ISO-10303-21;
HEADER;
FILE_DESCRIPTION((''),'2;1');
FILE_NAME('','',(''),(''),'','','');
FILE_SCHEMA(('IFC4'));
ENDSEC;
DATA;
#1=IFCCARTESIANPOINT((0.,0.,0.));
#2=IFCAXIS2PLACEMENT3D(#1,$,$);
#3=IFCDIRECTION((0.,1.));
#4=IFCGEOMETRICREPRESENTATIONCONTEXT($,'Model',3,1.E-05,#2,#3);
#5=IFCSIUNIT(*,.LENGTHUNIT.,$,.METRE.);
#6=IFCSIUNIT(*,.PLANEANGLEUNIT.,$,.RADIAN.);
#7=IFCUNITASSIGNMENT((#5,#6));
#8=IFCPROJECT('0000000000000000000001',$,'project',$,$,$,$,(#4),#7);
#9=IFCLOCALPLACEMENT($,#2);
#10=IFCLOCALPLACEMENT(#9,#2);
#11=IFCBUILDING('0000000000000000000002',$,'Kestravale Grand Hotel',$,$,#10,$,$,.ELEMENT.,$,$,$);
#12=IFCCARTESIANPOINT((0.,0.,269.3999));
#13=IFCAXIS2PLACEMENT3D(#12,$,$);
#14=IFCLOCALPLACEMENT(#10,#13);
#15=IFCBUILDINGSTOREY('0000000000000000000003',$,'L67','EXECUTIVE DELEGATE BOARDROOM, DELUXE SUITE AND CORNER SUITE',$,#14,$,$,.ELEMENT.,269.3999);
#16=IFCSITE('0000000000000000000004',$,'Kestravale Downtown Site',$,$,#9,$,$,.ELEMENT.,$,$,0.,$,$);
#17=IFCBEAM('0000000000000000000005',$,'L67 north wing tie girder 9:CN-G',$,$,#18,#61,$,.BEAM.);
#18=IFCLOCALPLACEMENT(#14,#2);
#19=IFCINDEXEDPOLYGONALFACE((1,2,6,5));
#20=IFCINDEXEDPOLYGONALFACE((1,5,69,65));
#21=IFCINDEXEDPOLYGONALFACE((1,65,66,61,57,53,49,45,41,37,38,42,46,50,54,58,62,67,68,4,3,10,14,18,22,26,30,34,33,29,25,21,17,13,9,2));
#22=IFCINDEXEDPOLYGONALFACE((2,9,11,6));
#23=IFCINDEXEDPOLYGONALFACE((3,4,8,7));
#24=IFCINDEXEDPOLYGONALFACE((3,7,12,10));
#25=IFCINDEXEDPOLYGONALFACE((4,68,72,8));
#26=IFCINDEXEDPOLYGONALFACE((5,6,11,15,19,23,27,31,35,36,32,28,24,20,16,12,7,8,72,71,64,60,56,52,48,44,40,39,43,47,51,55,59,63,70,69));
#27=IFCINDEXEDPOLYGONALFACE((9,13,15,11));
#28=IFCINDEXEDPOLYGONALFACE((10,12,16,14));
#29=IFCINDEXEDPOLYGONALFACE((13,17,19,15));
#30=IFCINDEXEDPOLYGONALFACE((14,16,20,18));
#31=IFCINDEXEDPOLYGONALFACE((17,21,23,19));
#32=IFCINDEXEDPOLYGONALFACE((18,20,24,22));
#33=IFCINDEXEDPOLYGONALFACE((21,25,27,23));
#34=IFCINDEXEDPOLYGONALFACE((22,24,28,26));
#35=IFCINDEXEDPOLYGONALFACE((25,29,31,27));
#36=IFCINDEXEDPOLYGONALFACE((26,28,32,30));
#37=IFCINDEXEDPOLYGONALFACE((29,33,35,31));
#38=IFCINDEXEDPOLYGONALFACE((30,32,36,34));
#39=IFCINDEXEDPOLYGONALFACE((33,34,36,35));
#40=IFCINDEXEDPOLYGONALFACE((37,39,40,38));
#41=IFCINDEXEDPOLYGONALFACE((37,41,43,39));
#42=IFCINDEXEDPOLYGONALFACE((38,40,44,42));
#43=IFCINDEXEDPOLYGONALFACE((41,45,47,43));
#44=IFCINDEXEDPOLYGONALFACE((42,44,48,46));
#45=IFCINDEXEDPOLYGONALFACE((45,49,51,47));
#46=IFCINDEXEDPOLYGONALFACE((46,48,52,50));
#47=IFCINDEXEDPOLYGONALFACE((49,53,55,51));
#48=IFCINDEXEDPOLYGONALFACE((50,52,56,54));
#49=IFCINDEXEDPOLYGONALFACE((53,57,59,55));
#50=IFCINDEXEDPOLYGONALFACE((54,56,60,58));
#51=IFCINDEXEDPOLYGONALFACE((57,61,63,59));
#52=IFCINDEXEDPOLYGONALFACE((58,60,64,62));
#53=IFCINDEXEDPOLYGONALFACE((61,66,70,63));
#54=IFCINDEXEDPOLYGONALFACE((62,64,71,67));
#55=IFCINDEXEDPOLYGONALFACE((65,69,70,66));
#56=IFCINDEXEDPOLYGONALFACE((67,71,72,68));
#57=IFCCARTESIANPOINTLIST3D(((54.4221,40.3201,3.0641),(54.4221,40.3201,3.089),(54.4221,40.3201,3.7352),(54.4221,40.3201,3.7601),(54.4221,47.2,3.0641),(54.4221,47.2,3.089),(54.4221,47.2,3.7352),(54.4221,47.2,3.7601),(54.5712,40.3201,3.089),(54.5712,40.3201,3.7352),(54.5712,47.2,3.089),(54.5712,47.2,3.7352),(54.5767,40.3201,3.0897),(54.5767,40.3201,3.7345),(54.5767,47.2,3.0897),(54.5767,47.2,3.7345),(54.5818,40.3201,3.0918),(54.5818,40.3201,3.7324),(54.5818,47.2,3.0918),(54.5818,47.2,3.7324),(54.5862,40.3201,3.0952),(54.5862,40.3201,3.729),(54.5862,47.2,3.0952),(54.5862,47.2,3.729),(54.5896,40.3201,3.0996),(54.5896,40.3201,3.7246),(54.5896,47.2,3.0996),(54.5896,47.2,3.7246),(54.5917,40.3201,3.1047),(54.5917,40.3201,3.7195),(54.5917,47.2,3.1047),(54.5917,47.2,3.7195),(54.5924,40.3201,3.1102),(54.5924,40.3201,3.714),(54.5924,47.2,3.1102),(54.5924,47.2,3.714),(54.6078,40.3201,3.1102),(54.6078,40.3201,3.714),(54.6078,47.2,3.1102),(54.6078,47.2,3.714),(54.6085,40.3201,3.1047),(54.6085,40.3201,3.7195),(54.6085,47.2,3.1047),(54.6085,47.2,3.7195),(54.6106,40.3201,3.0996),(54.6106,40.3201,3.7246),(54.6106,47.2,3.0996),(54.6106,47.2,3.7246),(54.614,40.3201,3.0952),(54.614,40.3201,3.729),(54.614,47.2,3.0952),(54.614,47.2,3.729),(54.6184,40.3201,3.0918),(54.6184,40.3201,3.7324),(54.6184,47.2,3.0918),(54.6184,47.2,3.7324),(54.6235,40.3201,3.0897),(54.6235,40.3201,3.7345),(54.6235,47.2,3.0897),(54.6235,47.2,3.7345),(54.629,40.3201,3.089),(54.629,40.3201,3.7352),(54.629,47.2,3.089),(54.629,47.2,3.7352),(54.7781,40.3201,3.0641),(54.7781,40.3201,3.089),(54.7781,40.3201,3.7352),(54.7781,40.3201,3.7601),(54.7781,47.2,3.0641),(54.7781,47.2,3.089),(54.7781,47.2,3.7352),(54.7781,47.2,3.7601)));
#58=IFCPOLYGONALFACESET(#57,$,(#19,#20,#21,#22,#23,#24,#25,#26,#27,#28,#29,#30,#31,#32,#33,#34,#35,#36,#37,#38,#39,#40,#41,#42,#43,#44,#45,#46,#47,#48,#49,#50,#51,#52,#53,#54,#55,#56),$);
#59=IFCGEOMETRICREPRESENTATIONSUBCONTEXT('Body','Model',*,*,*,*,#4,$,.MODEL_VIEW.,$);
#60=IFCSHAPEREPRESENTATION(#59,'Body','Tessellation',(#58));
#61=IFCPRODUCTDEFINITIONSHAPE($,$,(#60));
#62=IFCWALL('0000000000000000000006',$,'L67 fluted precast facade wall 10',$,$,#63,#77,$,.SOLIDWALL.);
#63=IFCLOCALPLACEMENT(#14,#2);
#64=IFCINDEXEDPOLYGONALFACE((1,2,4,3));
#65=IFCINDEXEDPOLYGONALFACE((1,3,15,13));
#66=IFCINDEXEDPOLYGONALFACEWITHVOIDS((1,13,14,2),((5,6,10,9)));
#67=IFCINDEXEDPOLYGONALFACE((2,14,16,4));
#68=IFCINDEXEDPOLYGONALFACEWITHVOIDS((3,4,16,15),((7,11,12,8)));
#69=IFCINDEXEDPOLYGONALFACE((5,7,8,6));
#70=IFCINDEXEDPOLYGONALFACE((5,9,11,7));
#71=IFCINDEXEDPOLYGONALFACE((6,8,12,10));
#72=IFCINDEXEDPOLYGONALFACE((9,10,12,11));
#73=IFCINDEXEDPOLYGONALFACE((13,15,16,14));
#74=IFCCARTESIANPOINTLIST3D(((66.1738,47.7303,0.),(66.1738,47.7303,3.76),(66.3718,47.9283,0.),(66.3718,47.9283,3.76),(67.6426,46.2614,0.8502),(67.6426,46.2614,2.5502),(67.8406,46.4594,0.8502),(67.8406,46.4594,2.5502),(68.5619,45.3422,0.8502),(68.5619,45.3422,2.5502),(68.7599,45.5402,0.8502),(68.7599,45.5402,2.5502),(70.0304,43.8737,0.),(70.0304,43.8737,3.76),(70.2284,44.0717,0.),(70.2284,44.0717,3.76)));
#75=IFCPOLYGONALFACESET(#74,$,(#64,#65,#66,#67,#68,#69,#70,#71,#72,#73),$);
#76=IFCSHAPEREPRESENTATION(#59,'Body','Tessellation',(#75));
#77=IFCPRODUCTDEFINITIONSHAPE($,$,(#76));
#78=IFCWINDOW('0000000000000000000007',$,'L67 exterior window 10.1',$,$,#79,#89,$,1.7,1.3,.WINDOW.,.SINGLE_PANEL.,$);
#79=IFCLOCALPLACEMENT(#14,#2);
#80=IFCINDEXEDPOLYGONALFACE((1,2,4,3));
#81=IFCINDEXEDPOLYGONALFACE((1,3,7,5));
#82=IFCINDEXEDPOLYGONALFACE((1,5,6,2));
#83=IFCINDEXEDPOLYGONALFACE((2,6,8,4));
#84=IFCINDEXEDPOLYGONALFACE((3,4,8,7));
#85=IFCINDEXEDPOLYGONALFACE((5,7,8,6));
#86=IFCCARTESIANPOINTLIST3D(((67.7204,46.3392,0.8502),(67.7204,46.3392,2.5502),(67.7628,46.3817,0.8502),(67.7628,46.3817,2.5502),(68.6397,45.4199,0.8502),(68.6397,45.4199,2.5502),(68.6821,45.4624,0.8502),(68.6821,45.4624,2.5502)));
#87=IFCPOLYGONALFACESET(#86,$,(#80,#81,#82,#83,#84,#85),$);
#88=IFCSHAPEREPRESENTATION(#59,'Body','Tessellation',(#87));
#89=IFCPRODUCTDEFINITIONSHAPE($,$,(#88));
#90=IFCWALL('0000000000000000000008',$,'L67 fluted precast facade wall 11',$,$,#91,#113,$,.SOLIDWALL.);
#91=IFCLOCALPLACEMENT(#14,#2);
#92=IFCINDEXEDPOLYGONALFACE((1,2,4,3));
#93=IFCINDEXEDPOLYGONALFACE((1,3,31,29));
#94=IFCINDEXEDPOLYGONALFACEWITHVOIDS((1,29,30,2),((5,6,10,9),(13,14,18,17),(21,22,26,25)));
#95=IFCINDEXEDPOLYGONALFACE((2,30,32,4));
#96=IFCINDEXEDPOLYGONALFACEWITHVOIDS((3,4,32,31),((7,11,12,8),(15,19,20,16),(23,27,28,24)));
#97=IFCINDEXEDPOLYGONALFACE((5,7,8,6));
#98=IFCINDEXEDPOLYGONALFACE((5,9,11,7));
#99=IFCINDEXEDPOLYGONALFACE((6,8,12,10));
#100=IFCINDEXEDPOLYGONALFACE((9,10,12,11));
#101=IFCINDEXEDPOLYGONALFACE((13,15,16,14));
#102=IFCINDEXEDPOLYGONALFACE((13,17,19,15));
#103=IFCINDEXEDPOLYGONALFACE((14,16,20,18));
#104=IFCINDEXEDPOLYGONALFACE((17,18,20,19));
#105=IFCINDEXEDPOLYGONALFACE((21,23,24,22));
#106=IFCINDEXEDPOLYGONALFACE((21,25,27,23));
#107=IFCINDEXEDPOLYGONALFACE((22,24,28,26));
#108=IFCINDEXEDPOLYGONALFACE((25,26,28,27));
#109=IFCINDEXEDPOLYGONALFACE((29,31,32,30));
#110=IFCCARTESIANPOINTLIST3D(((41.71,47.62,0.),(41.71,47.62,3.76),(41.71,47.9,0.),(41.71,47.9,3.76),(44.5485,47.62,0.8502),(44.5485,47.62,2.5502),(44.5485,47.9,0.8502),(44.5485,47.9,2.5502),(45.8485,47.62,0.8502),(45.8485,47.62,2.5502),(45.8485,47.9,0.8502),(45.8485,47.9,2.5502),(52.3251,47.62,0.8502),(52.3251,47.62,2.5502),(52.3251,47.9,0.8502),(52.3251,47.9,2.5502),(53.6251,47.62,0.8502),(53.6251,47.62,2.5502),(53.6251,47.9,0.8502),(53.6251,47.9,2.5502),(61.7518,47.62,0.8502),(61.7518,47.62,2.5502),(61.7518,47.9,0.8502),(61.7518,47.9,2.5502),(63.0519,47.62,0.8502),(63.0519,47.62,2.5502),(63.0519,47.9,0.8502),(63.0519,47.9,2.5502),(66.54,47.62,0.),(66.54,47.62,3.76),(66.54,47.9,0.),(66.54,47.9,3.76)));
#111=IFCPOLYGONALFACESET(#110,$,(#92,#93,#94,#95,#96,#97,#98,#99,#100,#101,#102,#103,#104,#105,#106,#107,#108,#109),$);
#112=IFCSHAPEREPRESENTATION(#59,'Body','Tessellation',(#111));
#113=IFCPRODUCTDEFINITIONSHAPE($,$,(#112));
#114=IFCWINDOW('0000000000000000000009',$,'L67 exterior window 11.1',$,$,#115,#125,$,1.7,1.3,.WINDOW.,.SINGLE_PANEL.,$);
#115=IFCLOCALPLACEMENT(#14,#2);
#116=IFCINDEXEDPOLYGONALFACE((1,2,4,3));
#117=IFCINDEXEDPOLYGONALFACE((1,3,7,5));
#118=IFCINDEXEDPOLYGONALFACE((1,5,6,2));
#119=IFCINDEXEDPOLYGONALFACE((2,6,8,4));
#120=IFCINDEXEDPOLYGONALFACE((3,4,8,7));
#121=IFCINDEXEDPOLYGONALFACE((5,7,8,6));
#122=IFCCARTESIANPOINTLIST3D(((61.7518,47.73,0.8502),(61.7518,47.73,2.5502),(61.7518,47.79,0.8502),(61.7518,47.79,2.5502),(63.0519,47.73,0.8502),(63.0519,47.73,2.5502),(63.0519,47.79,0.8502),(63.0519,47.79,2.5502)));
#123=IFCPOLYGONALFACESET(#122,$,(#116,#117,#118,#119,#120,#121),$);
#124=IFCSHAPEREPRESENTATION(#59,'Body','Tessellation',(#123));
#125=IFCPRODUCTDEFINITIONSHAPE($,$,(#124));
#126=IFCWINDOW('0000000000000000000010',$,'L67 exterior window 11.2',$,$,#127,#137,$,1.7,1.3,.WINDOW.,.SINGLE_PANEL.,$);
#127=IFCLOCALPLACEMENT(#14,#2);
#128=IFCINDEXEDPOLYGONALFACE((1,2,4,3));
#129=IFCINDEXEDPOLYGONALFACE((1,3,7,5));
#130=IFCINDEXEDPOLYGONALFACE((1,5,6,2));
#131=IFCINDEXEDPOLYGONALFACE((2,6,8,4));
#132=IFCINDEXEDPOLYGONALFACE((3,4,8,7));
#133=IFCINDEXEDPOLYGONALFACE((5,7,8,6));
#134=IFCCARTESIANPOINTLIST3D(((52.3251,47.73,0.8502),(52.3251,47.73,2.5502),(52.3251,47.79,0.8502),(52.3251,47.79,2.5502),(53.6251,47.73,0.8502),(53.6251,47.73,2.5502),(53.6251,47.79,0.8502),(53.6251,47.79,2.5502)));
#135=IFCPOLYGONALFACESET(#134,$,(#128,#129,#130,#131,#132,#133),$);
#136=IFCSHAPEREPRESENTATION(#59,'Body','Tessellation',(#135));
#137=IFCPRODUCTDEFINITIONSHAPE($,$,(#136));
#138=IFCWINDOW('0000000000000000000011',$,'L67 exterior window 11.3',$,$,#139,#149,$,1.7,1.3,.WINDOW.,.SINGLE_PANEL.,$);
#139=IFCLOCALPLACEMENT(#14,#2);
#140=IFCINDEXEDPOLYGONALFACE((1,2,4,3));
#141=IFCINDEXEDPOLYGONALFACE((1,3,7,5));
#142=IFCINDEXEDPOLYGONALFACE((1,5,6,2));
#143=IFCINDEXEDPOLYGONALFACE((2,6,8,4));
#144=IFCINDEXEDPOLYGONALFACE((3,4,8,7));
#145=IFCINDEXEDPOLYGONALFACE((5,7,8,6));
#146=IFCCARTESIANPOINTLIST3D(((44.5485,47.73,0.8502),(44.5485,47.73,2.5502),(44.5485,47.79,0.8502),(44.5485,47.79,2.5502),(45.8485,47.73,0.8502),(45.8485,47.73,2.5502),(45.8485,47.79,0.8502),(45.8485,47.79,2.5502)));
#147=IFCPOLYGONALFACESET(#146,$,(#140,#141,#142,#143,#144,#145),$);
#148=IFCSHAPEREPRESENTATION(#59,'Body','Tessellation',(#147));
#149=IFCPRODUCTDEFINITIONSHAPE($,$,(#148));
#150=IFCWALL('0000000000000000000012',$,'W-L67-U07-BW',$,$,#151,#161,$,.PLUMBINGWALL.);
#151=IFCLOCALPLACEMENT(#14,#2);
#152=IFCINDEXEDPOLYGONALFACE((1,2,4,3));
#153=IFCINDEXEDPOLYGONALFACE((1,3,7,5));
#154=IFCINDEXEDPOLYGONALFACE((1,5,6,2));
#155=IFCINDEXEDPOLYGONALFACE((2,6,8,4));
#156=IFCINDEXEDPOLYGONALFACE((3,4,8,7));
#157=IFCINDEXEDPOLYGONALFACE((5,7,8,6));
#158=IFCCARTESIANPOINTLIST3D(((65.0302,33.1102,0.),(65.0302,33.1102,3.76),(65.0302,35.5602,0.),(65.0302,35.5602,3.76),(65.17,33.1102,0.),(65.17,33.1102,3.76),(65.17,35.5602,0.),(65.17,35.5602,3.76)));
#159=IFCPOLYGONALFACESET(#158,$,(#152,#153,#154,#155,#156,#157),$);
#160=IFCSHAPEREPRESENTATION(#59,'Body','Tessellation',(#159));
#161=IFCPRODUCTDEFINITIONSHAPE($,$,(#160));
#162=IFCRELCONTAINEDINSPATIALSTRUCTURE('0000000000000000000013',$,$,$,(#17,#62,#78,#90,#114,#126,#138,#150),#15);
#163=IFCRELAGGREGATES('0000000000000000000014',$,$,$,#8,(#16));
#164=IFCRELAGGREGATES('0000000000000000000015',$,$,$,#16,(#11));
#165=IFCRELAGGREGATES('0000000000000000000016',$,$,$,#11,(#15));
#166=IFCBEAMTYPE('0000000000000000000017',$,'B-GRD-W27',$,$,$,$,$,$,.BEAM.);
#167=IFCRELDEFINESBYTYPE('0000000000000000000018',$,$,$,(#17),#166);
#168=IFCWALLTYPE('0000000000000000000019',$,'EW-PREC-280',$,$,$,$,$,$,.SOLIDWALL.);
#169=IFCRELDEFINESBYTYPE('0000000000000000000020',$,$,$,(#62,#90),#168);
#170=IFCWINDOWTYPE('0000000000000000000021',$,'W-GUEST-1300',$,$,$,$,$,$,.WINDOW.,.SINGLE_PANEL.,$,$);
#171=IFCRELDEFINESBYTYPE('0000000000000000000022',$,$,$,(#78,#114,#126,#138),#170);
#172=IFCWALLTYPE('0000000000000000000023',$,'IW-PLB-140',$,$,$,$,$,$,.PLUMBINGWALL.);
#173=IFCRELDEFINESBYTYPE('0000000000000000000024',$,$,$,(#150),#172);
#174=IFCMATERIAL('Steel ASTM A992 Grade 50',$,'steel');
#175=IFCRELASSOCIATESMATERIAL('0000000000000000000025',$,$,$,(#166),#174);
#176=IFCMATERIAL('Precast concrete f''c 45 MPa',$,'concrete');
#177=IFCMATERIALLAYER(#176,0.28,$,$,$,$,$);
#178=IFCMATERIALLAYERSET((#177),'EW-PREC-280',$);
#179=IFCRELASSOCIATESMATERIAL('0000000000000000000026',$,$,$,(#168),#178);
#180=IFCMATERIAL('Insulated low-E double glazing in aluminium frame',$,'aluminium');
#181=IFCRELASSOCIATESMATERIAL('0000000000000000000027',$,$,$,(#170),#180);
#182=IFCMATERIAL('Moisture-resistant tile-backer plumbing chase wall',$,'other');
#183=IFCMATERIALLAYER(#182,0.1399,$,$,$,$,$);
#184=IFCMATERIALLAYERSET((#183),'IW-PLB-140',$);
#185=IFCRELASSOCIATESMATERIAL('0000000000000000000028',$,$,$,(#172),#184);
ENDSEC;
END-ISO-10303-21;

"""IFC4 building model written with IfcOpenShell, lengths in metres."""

from ifc_helpers import new_model, si_unit, direction, frame, frame_2d, origin, origin_2d, place, context, subcontext, project, spatial, rectangle, i_section, extrude, material, layer, layer_set, material_profile, profile_set, type_object, element, fill, save


model = new_model("IFC4")

# Units and contexts
model_context = context("Model", 3, precision=1e-05, world=origin(), true_north=direction((0.0, 1.0)))
body_context = subcontext(model_context, "Body", "Model", "MODEL_VIEW")
ifc_project = project(units=[si_unit("LENGTHUNIT", "METRE"), si_unit("PLANEANGLEUNIT", "RADIAN")], contexts=[model_context])

# Site, building, storey
site_placement = place(None, origin())
site = spatial("IfcSite", under=ifc_project, at=site_placement, Name="Kestravale Downtown Site", CompositionType="ELEMENT", RefElevation=0.0)
building_placement = place(site_placement, origin())
building = spatial("IfcBuilding", under=site, at=building_placement, Name="Kestravale Grand Hotel", CompositionType="ELEMENT")
storey_placement = place(building_placement, frame((0.0, 0.0, 269.3999)))
storey = spatial("IfcBuildingStorey", under=building, at=storey_placement, Name="L67", Description="EXECUTIVE DELEGATE BOARDROOM, DELUXE SUITE AND CORNER SUITE", CompositionType="ELEMENT", Elevation=269.3999)

# Beam
ifc_material_1 = material(Name="Steel ASTM A992 Grade 50", Category="steel")
ifc_material_profile_1 = material_profile(ifc_material_1, i_section(OverallWidth=0.356, OverallDepth=0.696, WebThickness=0.0154, FlangeThickness=0.0249, FilletRadius=0.0212, at=origin_2d()))
ifc_profile_set_1 = profile_set([ifc_material_profile_1], Name="Steel ASTM A992 Grade 50")
beam_type = type_object("IfcBeamType", Name="B-GRD-W27", PredefinedType="BEAM", material=ifc_profile_set_1)
beam_1_placement = place(storey_placement, frame((54.6001, 40.3201, 3.4121), z_axis=(0.0, 1.0, 0.0), x_axis=(-1.0, 0.0, 0.0)))
element("IfcBeam", 1, at=beam_1_placement, inside=storey, type_object=beam_type, Name="L67 north wing tie girder 9:CN-G", PredefinedType="BEAM", context=body_context, shape_type="SweptSolid", body=[
    extrude(i_section(OverallWidth=0.356, OverallDepth=0.696, WebThickness=0.0154, FlangeThickness=0.0249, FilletRadius=0.0212, at=origin_2d()), origin(), (0.0, 0.0, 1.0), 6.8799),
])

# Wall, opening, window
ifc_material_2 = material(Name="Precast concrete f'c 45 MPa", Category="concrete")
ifc_layer_1 = layer(ifc_material_2, 0.28)
ifc_layer_set_1 = layer_set([ifc_layer_1], Name="EW-PREC-280")
wall_type_1 = type_object("IfcWallType", Name="EW-PREC-280", PredefinedType="SOLIDWALL", material=ifc_layer_set_1)
wall_1_placement = place(storey_placement, frame((70.1294, 43.9727, 0.0), z_axis=(0.0, 0.0, 1.0), x_axis=(-0.707107, 0.707107, 0.0)))
wall_1 = element("IfcWall", 2, at=wall_1_placement, inside=storey, type_object=wall_type_1, Name="L67 fluted precast facade wall 10", PredefinedType="SOLIDWALL", context=body_context, shape_type="SweptSolid", body=[
    extrude(rectangle(XDim=5.4541, YDim=0.28, at=frame_2d((2.7271, 0.0))), origin(), (0.0, 0.0, 1.0), 3.76),
])
opening_1_placement = place(wall_1_placement, frame((2.0769, 0.0, 0.8501)))
opening_1 = element("IfcOpeningElement", 3, at=opening_1_placement, cuts=wall_1, PredefinedType="OPENING", context=body_context, shape_type="SweptSolid", body=[
    extrude(rectangle(XDim=1.3, YDim=1.7, at=frame_2d((0.6499, 0.8501))), frame((0.0, 0.1499, 0.0), z_axis=(0.0, -1.0, 0.0), x_axis=(1.0, 0.0, 0.0)), (0.0, 0.0, 1.0), 0.3),
])
ifc_material_3 = material(Name="Insulated low-E double glazing in aluminium frame", Category="aluminium")
window_type = type_object("IfcWindowType", Name="W-GUEST-1300", PartitioningType="SINGLE_PANEL", PredefinedType="WINDOW", material=ifc_material_3)
window_1_placement = place(opening_1_placement, origin())
window_1 = element("IfcWindow", 4, at=window_1_placement, inside=storey, type_object=window_type, Name="L67 exterior window 10.1", OverallHeight=1.7, OverallWidth=1.3, PartitioningType="SINGLE_PANEL", PredefinedType="WINDOW", context=body_context, shape_type="SweptSolid", body=[
    extrude(rectangle(XDim=1.3, YDim=1.7, at=frame_2d((0.6499, 0.8501))), frame((0.0, 0.03, 0.0), z_axis=(0.0, -1.0, 0.0), x_axis=(1.0, 0.0, 0.0)), (0.0, 0.0, 1.0), 0.0601),
])
fill(opening_1, window_1)

# Wall, openings, windows
wall_2_placement = place(storey_placement, frame((66.54, 47.76, 0.0), z_axis=(0.0, 0.0, 1.0), x_axis=(-1.0, 0.0, 0.0)))
wall_2 = element("IfcWall", 5, at=wall_2_placement, inside=storey, type_object=wall_type_1, Name="L67 fluted precast facade wall 11", PredefinedType="SOLIDWALL", context=body_context, shape_type="SweptSolid", body=[
    extrude(rectangle(XDim=24.8301, YDim=0.28, at=frame_2d((12.415, 0.0))), origin(), (0.0, 0.0, 1.0), 3.76),
])
opening_2_placement = place(wall_2_placement, frame((3.4883, 0.0, 0.8501)))
opening_2 = element("IfcOpeningElement", 6, at=opening_2_placement, cuts=wall_2, PredefinedType="OPENING", context=body_context, shape_type="SweptSolid", body=[
    extrude(rectangle(XDim=1.3, YDim=1.7, at=frame_2d((0.6499, 0.8501))), frame((0.0, 0.1499, 0.0), z_axis=(0.0, -1.0, 0.0), x_axis=(1.0, 0.0, 0.0)), (0.0, 0.0, 1.0), 0.3),
])
opening_3_placement = place(wall_2_placement, frame((12.915, 0.0, 0.8501)))
opening_3 = element("IfcOpeningElement", 7, at=opening_3_placement, cuts=wall_2, PredefinedType="OPENING", context=body_context, shape_type="SweptSolid", body=[
    extrude(rectangle(XDim=1.3, YDim=1.7, at=frame_2d((0.6499, 0.8501))), frame((0.0, 0.1499, 0.0), z_axis=(0.0, -1.0, 0.0), x_axis=(1.0, 0.0, 0.0)), (0.0, 0.0, 1.0), 0.3),
])
opening_4_placement = place(wall_2_placement, frame((20.6917, 0.0, 0.8501)))
opening_4 = element("IfcOpeningElement", 8, at=opening_4_placement, cuts=wall_2, PredefinedType="OPENING", context=body_context, shape_type="SweptSolid", body=[
    extrude(rectangle(XDim=1.3, YDim=1.7, at=frame_2d((0.6499, 0.8501))), frame((0.0, 0.1499, 0.0), z_axis=(0.0, -1.0, 0.0), x_axis=(1.0, 0.0, 0.0)), (0.0, 0.0, 1.0), 0.3),
])
window_2_placement = place(opening_2_placement, origin())
window_2 = element("IfcWindow", 9, at=window_2_placement, inside=storey, type_object=window_type, Name="L67 exterior window 11.1", OverallHeight=1.7, OverallWidth=1.3, PartitioningType="SINGLE_PANEL", PredefinedType="WINDOW", context=body_context, shape_type="SweptSolid", body=[
    extrude(rectangle(XDim=1.3, YDim=1.7, at=frame_2d((0.6499, 0.8501))), frame((0.0, 0.03, 0.0), z_axis=(0.0, -1.0, 0.0), x_axis=(1.0, 0.0, 0.0)), (0.0, 0.0, 1.0), 0.0601),
])
fill(opening_2, window_2)
window_3_placement = place(opening_3_placement, origin())
window_3 = element("IfcWindow", 10, at=window_3_placement, inside=storey, type_object=window_type, Name="L67 exterior window 11.2", OverallHeight=1.7, OverallWidth=1.3, PartitioningType="SINGLE_PANEL", PredefinedType="WINDOW", context=body_context, shape_type="SweptSolid", body=[
    extrude(rectangle(XDim=1.3, YDim=1.7, at=frame_2d((0.6499, 0.8501))), frame((0.0, 0.03, 0.0), z_axis=(0.0, -1.0, 0.0), x_axis=(1.0, 0.0, 0.0)), (0.0, 0.0, 1.0), 0.0601),
])
fill(opening_3, window_3)
window_4_placement = place(opening_4_placement, origin())
window_4 = element("IfcWindow", 11, at=window_4_placement, inside=storey, type_object=window_type, Name="L67 exterior window 11.3", OverallHeight=1.7, OverallWidth=1.3, PartitioningType="SINGLE_PANEL", PredefinedType="WINDOW", context=body_context, shape_type="SweptSolid", body=[
    extrude(rectangle(XDim=1.3, YDim=1.7, at=frame_2d((0.6499, 0.8501))), frame((0.0, 0.03, 0.0), z_axis=(0.0, -1.0, 0.0), x_axis=(1.0, 0.0, 0.0)), (0.0, 0.0, 1.0), 0.0601),
])
fill(opening_4, window_4)

# Wall
ifc_material_4 = material(Name="Moisture-resistant tile-backer plumbing chase wall", Category="other")
ifc_layer_2 = layer(ifc_material_4, 0.1399)
ifc_layer_set_2 = layer_set([ifc_layer_2], Name="IW-PLB-140")
wall_type_2 = type_object("IfcWallType", Name="IW-PLB-140", PredefinedType="PLUMBINGWALL", material=ifc_layer_set_2)
wall_3_placement = place(storey_placement, frame((65.1001, 33.1101, 0.0), z_axis=(0.0, 0.0, 1.0), x_axis=(0.0, 1.0, 0.0)))
element("IfcWall", 12, at=wall_3_placement, inside=storey, type_object=wall_type_2, Name="W-L67-U07-BW", PredefinedType="PLUMBINGWALL", context=body_context, shape_type="SweptSolid", body=[
    extrude(rectangle(XDim=2.45, YDim=0.1399, at=frame_2d((1.2251, 0.0))), origin(), (0.0, 0.0, 1.0), 3.76),
])

save(model, "model.ifc")
